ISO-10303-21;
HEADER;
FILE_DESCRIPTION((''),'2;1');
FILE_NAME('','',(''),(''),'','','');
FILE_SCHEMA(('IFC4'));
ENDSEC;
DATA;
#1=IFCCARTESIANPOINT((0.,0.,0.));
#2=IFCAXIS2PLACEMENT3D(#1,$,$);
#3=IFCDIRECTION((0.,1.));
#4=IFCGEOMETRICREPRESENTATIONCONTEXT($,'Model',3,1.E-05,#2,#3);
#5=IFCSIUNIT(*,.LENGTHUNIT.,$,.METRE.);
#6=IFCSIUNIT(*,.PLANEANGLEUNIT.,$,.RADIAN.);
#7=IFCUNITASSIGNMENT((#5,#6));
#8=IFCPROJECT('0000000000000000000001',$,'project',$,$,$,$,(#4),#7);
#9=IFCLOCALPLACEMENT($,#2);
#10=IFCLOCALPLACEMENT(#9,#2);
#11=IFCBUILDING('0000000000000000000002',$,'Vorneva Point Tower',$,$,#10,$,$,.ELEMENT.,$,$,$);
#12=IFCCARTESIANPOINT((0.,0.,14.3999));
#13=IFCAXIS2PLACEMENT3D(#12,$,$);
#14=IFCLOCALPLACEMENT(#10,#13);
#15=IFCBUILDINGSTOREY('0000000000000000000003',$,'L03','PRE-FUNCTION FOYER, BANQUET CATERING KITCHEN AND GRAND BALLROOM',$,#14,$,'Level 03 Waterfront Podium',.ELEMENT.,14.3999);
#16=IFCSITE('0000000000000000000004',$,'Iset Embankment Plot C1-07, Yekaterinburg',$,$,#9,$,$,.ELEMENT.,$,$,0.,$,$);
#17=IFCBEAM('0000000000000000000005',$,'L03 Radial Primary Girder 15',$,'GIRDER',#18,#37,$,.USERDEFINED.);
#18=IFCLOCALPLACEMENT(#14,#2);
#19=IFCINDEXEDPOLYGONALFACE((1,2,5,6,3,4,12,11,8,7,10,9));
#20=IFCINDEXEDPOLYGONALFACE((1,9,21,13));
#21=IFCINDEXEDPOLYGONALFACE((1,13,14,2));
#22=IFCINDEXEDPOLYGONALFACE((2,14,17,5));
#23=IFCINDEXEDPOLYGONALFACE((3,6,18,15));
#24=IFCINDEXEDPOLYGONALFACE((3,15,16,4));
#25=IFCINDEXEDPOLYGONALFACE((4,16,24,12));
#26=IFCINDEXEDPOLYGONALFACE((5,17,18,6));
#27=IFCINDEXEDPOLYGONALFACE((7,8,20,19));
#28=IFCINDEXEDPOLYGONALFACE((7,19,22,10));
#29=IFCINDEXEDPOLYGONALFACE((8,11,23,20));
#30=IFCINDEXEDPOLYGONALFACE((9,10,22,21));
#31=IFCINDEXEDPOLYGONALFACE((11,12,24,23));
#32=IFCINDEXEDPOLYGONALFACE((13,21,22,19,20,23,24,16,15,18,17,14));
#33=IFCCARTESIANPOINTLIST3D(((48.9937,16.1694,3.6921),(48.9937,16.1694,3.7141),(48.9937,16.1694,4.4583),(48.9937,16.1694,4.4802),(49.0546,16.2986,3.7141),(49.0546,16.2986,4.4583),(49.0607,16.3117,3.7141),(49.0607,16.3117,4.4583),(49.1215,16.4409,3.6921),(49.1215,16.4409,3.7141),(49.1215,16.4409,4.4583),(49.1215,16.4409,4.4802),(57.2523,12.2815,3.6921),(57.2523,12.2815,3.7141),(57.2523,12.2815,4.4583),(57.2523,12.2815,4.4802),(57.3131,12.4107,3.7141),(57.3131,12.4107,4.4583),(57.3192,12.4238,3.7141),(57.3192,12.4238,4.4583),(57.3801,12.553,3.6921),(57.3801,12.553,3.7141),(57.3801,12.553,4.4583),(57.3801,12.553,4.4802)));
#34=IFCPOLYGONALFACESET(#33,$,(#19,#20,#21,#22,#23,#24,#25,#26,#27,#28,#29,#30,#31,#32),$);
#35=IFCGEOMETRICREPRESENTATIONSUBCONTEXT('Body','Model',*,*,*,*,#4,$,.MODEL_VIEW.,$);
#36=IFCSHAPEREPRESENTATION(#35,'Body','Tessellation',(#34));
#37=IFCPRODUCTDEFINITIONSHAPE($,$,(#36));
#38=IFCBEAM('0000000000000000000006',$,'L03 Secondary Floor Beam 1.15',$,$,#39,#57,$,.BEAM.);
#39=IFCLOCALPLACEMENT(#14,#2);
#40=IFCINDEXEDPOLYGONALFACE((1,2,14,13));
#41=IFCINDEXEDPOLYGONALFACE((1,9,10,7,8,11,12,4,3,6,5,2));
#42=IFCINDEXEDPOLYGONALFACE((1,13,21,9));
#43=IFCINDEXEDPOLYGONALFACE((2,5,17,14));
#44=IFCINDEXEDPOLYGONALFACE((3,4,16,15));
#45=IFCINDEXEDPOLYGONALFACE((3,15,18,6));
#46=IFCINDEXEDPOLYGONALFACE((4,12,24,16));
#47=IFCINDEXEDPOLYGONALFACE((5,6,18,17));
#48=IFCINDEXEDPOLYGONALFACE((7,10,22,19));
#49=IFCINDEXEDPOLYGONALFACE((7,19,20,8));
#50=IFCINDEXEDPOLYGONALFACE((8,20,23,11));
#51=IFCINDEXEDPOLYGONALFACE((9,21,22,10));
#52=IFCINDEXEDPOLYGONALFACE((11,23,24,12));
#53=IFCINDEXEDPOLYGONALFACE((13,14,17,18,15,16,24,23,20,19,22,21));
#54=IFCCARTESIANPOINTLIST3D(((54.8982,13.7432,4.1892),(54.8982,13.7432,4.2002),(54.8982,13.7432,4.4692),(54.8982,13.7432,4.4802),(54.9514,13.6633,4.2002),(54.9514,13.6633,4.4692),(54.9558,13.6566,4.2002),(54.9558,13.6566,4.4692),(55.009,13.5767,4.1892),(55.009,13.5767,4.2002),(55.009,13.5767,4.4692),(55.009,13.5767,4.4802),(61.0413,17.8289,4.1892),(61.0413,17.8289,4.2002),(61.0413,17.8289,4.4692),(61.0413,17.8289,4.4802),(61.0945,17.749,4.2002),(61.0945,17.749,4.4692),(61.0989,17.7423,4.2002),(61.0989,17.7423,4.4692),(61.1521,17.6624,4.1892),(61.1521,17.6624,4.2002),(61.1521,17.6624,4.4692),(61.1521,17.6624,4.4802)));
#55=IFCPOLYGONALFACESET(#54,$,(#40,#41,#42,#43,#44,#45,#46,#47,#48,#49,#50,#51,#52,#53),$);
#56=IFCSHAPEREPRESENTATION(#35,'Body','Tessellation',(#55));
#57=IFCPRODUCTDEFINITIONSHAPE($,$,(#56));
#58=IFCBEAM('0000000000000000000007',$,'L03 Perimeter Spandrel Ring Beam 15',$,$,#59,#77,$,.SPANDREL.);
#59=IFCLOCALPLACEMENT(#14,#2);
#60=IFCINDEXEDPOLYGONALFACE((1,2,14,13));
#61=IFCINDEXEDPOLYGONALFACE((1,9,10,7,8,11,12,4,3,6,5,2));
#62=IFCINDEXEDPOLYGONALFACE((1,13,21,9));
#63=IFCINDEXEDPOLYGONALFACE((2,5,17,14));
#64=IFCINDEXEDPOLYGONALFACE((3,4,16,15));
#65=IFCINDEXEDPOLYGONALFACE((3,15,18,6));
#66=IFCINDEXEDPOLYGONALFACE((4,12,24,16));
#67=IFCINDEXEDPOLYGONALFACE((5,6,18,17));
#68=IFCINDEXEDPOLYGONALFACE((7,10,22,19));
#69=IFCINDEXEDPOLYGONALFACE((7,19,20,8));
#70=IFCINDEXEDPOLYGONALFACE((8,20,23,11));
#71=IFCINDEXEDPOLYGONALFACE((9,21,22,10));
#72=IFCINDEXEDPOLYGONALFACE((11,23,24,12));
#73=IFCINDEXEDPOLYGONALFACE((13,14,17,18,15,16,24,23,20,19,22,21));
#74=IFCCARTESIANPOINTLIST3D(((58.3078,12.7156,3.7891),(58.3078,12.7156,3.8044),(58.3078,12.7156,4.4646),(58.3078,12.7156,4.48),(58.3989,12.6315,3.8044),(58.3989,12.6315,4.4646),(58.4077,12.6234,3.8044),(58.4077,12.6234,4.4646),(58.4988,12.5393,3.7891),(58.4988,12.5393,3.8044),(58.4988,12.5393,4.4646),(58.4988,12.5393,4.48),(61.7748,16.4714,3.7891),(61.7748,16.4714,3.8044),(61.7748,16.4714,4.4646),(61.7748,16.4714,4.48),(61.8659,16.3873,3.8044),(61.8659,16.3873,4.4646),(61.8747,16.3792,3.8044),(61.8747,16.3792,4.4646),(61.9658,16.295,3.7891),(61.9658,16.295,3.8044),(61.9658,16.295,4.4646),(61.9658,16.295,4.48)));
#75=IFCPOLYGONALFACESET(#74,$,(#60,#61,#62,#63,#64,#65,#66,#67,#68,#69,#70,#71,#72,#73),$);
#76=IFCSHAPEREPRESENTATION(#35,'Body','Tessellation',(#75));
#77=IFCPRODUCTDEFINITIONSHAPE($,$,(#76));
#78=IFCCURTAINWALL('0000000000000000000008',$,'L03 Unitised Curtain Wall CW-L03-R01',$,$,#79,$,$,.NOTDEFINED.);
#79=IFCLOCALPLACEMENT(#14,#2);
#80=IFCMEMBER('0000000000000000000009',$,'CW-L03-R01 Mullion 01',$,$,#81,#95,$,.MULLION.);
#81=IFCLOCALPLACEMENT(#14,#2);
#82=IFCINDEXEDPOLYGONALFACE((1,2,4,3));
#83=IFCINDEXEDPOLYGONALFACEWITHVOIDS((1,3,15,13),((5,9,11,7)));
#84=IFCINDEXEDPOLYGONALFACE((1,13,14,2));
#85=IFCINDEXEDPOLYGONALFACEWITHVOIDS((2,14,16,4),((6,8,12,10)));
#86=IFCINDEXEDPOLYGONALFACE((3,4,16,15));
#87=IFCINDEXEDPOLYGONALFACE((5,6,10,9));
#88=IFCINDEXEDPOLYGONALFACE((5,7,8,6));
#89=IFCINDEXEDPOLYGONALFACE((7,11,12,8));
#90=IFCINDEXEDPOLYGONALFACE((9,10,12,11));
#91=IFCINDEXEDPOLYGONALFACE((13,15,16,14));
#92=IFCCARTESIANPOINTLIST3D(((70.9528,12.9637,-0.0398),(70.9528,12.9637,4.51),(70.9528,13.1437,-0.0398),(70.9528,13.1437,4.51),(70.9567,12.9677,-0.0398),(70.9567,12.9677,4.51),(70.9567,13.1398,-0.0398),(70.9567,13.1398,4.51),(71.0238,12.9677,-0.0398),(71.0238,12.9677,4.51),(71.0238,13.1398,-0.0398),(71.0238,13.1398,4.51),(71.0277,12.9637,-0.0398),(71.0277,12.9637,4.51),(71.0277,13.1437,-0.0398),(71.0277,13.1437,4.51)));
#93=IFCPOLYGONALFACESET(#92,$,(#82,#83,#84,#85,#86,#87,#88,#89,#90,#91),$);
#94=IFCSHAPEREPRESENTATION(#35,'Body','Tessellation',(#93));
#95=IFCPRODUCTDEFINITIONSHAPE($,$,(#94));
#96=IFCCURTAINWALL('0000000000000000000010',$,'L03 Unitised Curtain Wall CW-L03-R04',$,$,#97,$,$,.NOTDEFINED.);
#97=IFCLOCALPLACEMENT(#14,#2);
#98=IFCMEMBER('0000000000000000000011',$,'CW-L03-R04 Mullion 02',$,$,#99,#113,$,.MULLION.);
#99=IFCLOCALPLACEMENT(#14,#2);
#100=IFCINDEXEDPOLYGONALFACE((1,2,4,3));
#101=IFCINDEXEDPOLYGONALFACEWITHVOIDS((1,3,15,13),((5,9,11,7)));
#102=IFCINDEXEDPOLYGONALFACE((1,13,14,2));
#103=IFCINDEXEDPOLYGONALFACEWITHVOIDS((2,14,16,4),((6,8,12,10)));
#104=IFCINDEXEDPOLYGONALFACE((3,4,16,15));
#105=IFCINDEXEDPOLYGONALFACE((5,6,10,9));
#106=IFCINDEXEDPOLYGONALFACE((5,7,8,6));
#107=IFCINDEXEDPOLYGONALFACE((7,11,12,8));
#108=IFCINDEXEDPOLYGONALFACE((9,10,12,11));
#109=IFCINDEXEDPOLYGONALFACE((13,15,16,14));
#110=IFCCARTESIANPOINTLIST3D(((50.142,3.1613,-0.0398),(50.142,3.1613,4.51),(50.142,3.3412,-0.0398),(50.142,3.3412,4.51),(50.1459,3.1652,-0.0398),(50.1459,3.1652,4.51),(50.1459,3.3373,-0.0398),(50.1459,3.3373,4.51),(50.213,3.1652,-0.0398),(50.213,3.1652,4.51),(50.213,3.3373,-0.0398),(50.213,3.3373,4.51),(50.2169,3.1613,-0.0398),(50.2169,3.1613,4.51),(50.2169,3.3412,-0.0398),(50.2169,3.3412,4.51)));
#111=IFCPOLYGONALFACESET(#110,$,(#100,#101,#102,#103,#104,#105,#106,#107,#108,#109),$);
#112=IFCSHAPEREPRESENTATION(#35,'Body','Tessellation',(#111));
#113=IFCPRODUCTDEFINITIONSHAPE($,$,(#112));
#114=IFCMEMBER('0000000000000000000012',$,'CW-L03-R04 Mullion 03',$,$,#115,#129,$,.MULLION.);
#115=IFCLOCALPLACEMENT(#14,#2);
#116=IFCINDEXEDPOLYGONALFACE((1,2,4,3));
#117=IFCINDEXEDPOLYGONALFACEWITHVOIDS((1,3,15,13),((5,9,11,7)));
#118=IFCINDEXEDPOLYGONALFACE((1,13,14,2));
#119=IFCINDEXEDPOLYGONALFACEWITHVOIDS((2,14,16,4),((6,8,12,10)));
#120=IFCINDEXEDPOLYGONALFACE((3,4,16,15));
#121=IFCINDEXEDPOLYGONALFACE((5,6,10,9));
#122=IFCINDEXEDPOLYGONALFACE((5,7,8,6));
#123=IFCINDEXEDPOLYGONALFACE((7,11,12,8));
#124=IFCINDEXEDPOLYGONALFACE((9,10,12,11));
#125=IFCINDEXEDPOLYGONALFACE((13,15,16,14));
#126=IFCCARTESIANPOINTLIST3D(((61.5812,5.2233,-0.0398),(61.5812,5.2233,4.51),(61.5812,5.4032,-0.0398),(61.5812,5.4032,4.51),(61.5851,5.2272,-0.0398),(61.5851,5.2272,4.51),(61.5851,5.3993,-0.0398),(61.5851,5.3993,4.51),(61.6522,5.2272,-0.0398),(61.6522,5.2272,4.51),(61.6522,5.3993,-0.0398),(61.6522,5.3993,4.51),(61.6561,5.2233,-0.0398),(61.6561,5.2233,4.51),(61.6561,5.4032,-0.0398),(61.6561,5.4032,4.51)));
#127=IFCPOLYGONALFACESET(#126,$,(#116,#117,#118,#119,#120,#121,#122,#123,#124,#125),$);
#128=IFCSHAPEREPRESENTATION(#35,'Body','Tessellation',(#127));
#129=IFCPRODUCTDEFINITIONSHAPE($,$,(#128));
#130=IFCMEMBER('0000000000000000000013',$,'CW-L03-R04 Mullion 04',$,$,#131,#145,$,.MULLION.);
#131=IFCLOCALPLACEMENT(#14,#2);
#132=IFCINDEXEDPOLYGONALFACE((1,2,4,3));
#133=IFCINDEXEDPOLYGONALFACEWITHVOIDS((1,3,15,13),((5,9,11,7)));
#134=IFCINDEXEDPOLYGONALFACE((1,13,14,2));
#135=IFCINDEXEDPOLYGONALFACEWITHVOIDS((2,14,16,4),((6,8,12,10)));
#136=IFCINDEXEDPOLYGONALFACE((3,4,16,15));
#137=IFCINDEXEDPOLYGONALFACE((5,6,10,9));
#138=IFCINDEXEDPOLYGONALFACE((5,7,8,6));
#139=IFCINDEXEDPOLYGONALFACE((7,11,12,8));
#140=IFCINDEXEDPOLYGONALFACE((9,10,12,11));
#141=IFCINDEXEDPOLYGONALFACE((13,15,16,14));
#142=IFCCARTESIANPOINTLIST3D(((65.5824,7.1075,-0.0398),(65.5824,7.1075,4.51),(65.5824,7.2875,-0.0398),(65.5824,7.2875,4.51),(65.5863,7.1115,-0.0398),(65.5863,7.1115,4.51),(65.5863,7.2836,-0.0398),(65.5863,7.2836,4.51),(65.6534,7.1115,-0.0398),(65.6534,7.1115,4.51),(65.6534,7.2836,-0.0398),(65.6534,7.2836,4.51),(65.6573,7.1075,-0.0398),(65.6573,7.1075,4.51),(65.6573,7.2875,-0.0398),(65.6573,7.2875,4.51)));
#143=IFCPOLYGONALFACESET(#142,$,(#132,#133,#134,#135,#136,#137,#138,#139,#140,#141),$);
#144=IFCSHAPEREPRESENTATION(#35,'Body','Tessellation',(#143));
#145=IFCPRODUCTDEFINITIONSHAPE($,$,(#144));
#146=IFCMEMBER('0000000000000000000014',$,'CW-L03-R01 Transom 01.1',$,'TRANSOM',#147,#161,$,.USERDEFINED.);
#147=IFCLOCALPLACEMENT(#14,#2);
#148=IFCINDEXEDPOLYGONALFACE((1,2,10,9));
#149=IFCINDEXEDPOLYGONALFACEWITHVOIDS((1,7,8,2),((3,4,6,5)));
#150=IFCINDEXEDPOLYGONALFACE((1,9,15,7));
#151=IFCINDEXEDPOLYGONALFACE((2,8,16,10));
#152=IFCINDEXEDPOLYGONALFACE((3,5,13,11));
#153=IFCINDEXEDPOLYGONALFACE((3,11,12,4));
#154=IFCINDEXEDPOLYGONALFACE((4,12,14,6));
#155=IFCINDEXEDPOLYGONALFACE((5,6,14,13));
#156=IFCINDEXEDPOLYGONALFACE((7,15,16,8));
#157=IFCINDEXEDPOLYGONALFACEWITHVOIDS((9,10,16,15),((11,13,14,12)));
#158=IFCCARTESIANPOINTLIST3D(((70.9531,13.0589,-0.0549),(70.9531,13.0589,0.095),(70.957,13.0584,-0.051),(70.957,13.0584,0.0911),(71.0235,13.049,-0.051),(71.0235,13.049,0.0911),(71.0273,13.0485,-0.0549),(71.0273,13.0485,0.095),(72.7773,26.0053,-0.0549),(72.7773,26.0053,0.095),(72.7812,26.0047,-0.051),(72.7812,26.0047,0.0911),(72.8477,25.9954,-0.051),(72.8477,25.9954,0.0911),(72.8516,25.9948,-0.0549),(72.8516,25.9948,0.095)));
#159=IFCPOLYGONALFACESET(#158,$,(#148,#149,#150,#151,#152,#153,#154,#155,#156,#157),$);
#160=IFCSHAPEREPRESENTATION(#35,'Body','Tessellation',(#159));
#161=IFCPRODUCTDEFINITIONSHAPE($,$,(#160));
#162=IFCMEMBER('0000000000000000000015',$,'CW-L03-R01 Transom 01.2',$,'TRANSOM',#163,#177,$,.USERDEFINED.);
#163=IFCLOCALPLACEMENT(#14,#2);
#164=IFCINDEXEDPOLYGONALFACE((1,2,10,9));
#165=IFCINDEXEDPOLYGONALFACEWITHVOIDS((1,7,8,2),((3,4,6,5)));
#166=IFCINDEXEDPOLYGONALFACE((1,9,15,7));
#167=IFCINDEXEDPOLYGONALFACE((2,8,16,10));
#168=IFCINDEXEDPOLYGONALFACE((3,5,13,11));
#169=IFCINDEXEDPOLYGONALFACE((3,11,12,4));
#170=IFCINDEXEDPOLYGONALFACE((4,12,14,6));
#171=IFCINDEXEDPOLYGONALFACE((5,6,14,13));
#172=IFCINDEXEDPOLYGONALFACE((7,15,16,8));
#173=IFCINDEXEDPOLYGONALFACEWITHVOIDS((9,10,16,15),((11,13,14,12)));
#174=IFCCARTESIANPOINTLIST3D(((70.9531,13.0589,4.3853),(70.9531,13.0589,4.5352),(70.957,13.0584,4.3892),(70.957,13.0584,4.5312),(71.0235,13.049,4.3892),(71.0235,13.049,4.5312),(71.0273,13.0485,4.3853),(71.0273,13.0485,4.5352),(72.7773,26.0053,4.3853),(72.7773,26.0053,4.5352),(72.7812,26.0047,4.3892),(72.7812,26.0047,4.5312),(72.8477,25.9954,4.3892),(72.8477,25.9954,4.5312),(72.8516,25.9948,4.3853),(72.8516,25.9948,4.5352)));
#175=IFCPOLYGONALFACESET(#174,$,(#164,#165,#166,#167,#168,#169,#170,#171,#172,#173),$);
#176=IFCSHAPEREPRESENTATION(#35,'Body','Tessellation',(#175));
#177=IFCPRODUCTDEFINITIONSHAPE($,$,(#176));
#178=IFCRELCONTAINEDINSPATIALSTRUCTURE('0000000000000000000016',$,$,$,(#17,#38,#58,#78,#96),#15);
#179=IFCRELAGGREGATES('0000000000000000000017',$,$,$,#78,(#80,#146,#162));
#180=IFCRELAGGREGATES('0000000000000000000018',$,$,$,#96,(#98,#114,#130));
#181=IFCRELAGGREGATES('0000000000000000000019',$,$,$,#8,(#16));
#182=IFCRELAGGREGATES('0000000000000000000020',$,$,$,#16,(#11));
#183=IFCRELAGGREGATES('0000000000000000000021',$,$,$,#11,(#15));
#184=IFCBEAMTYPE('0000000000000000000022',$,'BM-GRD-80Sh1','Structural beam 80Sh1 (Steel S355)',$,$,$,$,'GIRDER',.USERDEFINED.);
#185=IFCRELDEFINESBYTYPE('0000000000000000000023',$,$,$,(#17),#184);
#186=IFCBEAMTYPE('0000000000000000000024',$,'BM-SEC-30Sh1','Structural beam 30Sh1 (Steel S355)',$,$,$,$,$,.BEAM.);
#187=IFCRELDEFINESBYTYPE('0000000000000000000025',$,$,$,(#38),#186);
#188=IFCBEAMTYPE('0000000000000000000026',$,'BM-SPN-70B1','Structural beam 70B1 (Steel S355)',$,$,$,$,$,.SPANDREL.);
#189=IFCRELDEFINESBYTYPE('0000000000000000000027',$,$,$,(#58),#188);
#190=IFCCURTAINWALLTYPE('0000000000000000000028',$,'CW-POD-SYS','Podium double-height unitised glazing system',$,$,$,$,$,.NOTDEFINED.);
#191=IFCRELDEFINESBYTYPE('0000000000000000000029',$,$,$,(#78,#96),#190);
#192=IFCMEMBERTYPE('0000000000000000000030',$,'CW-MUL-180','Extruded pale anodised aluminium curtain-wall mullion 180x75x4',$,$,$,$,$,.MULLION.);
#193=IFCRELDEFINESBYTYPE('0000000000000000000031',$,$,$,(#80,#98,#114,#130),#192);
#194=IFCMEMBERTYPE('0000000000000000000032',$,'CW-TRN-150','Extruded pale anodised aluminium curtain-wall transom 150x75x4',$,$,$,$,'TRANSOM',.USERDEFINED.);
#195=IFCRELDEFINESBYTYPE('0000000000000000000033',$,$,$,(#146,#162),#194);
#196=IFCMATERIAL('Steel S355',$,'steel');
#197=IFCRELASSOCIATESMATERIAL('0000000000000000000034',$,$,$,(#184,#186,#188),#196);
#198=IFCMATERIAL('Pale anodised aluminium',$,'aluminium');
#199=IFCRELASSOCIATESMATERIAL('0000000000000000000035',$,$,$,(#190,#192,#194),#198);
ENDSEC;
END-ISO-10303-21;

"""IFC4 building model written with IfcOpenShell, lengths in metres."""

from ifc_helpers import new_model, si_unit, direction, frame, origin, origin_2d, place, context, subcontext, project, spatial, hollow_rectangle, i_section, extrude, material, material_profile, profile_set, type_object, element, aggregate, save


model = new_model("IFC4")

# Units and contexts
model_context = context("Model", 3, precision=1e-05, world=origin(), true_north=direction((0.0, 1.0)))
body_context = subcontext(model_context, "Body", "Model", "MODEL_VIEW")
ifc_project = project(units=[si_unit("LENGTHUNIT", "METRE"), si_unit("PLANEANGLEUNIT", "RADIAN")], contexts=[model_context])

# Site, building, storey
site_placement = place(None, origin())
site = spatial("IfcSite", under=ifc_project, at=site_placement, Name="Iset Embankment Plot C1-07, Yekaterinburg", CompositionType="ELEMENT", RefElevation=0.0)
building_placement = place(site_placement, origin())
building = spatial("IfcBuilding", under=site, at=building_placement, Name="Vorneva Point Tower", CompositionType="ELEMENT")
storey_placement = place(building_placement, frame((0.0, 0.0, 14.3999)))
storey = spatial("IfcBuildingStorey", under=building, at=storey_placement, Name="L03", Description="PRE-FUNCTION FOYER, BANQUET CATERING KITCHEN AND GRAND BALLROOM", LongName="Level 03 Waterfront Podium", CompositionType="ELEMENT", Elevation=14.3999)

# Beams
ifc_material_1 = material(Name="Steel S355", Category="steel")
ifc_material_profile_1 = material_profile(ifc_material_1, i_section(OverallWidth=0.3, OverallDepth=0.7881, WebThickness=0.0144, FlangeThickness=0.022, at=origin_2d()), Name="80Sh1")
ifc_profile_set_1 = profile_set([ifc_material_profile_1], Name="Steel S355")
beam_type_1 = type_object("IfcBeamType", Name="BM-GRD-80Sh1", Description="Structural beam 80Sh1 (Steel S355)", ElementType="GIRDER", PredefinedType="USERDEFINED", material=ifc_profile_set_1)
beam_1_placement = place(storey_placement, frame((57.3162, 12.4172, 4.0862), z_axis=(-0.904753, 0.425937, 0.0), x_axis=(-0.425937, -0.904753, 0.0)))
element("IfcBeam", 1, at=beam_1_placement, inside=storey, type_object=beam_type_1, Name="L03 Radial Primary Girder 15", ObjectType="GIRDER", PredefinedType="USERDEFINED", context=body_context, shape_type="SweptSolid", body=[
    extrude(i_section(OverallWidth=0.3, OverallDepth=0.7881, WebThickness=0.0144, FlangeThickness=0.022, at=origin_2d()), origin(), (0.0, 0.0, 1.0), 9.1279),
])
ifc_material_profile_2 = material_profile(ifc_material_1, i_section(OverallWidth=0.2, OverallDepth=0.291, WebThickness=0.0081, FlangeThickness=0.011, at=origin_2d()), Name="30Sh1")
ifc_profile_set_2 = profile_set([ifc_material_profile_2], Name="Steel S355")
beam_type_2 = type_object("IfcBeamType", Name="BM-SEC-30Sh1", Description="Structural beam 30Sh1 (Steel S355)", PredefinedType="BEAM", material=ifc_profile_set_2)
beam_2_placement = place(storey_placement, frame((54.9536, 13.6599, 4.3347), z_axis=(0.832656, 0.553791, 0.0), x_axis=(-0.553791, 0.832656, 0.0)))
element("IfcBeam", 2, at=beam_2_placement, inside=storey, type_object=beam_type_2, Name="L03 Secondary Floor Beam 1.15", PredefinedType="BEAM", context=body_context, shape_type="SweptSolid", body=[
    extrude(i_section(OverallWidth=0.2, OverallDepth=0.291, WebThickness=0.0081, FlangeThickness=0.011, at=origin_2d()), origin(), (0.0, 0.0, 1.0), 7.3777),
])
ifc_material_profile_3 = material_profile(ifc_material_1, i_section(OverallWidth=0.26, OverallDepth=0.6909, WebThickness=0.012, FlangeThickness=0.0154, at=origin_2d()), Name="70B1")
ifc_profile_set_3 = profile_set([ifc_material_profile_3], Name="Steel S355")
beam_type_3 = type_object("IfcBeamType", Name="BM-SPN-70B1", Description="Structural beam 70B1 (Steel S355)", PredefinedType="SPANDREL", material=ifc_profile_set_3)
beam_3_placement = place(storey_placement, frame((58.4033, 12.6274, 4.1345), z_axis=(0.67829, 0.734794, 0.0), x_axis=(-0.734794, 0.67829, 0.0)))
element("IfcBeam", 3, at=beam_3_placement, inside=storey, type_object=beam_type_3, Name="L03 Perimeter Spandrel Ring Beam 15", PredefinedType="SPANDREL", context=body_context, shape_type="SweptSolid", body=[
    extrude(i_section(OverallWidth=0.26, OverallDepth=0.6909, WebThickness=0.012, FlangeThickness=0.0154, at=origin_2d()), origin(), (0.0, 0.0, 1.0), 5.1113),
])

# Curtain wall, member
ifc_material_2 = material(Name="Pale anodised aluminium", Category="aluminium")
curtain_wall_type = type_object("IfcCurtainWallType", Name="CW-POD-SYS", Description="Podium double-height unitised glazing system", PredefinedType="NOTDEFINED", material=ifc_material_2)
curtain_wall_1_placement = place(storey_placement, origin())
curtain_wall_1 = element("IfcCurtainWall", 4, at=curtain_wall_1_placement, inside=storey, type_object=curtain_wall_type, Name="L03 Unitised Curtain Wall CW-L03-R01", PredefinedType="NOTDEFINED")
ifc_material_profile_4 = material_profile(ifc_material_2, hollow_rectangle(XDim=0.075, YDim=0.1799, WallThickness=0.0039, at=origin_2d()), Name="AL-MUL 180x75x4")
ifc_profile_set_4 = profile_set([ifc_material_profile_4], Name="Pale anodised aluminium")
member_type_1 = type_object("IfcMemberType", Name="CW-MUL-180", Description="Extruded pale anodised aluminium curtain-wall mullion 180x75x4", PredefinedType="MULLION", material=ifc_profile_set_4)
member_1_placement = place(storey_placement, frame((70.9902, 13.0537, -0.0398), z_axis=(0.0, 0.0, 1.0), x_axis=(1.0, 0.0, 0.0)))
member_1 = element("IfcMember", 5, at=member_1_placement, type_object=member_type_1, Name="CW-L03-R01 Mullion 01", PredefinedType="MULLION", context=body_context, shape_type="SweptSolid", body=[
    extrude(hollow_rectangle(XDim=0.075, YDim=0.1799, WallThickness=0.0039, at=origin_2d()), origin(), (0.0, 0.0, 1.0), 4.5498),
])

# Curtain wall, members
curtain_wall_2_placement = place(storey_placement, origin())
curtain_wall_2 = element("IfcCurtainWall", 6, at=curtain_wall_2_placement, inside=storey, type_object=curtain_wall_type, Name="L03 Unitised Curtain Wall CW-L03-R04", PredefinedType="NOTDEFINED")
member_2_placement = place(storey_placement, frame((50.1794, 3.2512, -0.0398), z_axis=(0.0, 0.0, 1.0), x_axis=(1.0, 0.0, 0.0)))
member_2 = element("IfcMember", 7, at=member_2_placement, type_object=member_type_1, Name="CW-L03-R04 Mullion 02", PredefinedType="MULLION", context=body_context, shape_type="SweptSolid", body=[
    extrude(hollow_rectangle(XDim=0.075, YDim=0.1799, WallThickness=0.0039, at=origin_2d()), origin(), (0.0, 0.0, 1.0), 4.5498),
])
member_3_placement = place(storey_placement, frame((61.6187, 5.3132, -0.0398), z_axis=(0.0, 0.0, 1.0), x_axis=(1.0, 0.0, 0.0)))
member_3 = element("IfcMember", 8, at=member_3_placement, type_object=member_type_1, Name="CW-L03-R04 Mullion 03", PredefinedType="MULLION", context=body_context, shape_type="SweptSolid", body=[
    extrude(hollow_rectangle(XDim=0.075, YDim=0.1799, WallThickness=0.0039, at=origin_2d()), origin(), (0.0, 0.0, 1.0), 4.5498),
])
member_4_placement = place(storey_placement, frame((65.6199, 7.1975, -0.0398), z_axis=(0.0, 0.0, 1.0), x_axis=(1.0, 0.0, 0.0)))
member_4 = element("IfcMember", 9, at=member_4_placement, type_object=member_type_1, Name="CW-L03-R04 Mullion 04", PredefinedType="MULLION", context=body_context, shape_type="SweptSolid", body=[
    extrude(hollow_rectangle(XDim=0.075, YDim=0.1799, WallThickness=0.0039, at=origin_2d()), origin(), (0.0, 0.0, 1.0), 4.5498),
])

# Members
ifc_material_profile_5 = material_profile(ifc_material_2, hollow_rectangle(XDim=0.075, YDim=0.1499, WallThickness=0.0039, at=origin_2d()), Name="AL-TRN 150x75x4")
ifc_profile_set_5 = profile_set([ifc_material_profile_5], Name="Pale anodised aluminium")
member_type_2 = type_object("IfcMemberType", Name="CW-TRN-150", Description="Extruded pale anodised aluminium curtain-wall transom 150x75x4", ElementType="TRANSOM", PredefinedType="USERDEFINED", material=ifc_profile_set_5)
member_5_placement = place(storey_placement, frame((70.9902, 13.0537, 0.02), z_axis=(0.139528, 0.990218, 0.0), x_axis=(-0.990218, 0.139528, 0.0)))
member_5 = element("IfcMember", 10, at=member_5_placement, type_object=member_type_2, Name="CW-L03-R01 Transom 01.1", ObjectType="TRANSOM", PredefinedType="USERDEFINED", context=body_context, shape_type="SweptSolid", body=[
    extrude(hollow_rectangle(XDim=0.075, YDim=0.1499, WallThickness=0.0039, at=origin_2d()), origin(), (0.0, 0.0, 1.0), 13.0742),
])
member_6_placement = place(storey_placement, frame((70.9902, 13.0537, 4.4602), z_axis=(0.139528, 0.990218, 0.0), x_axis=(-0.990218, 0.139528, 0.0)))
member_6 = element("IfcMember", 11, at=member_6_placement, type_object=member_type_2, Name="CW-L03-R01 Transom 01.2", ObjectType="TRANSOM", PredefinedType="USERDEFINED", context=body_context, shape_type="SweptSolid", body=[
    extrude(hollow_rectangle(XDim=0.075, YDim=0.1499, WallThickness=0.0039, at=origin_2d()), origin(), (0.0, 0.0, 1.0), 13.0742),
])
aggregate(curtain_wall_1, [member_1, member_5, member_6])

aggregate(curtain_wall_2, [member_2, member_3, member_4])

save(model, "model.ifc")
